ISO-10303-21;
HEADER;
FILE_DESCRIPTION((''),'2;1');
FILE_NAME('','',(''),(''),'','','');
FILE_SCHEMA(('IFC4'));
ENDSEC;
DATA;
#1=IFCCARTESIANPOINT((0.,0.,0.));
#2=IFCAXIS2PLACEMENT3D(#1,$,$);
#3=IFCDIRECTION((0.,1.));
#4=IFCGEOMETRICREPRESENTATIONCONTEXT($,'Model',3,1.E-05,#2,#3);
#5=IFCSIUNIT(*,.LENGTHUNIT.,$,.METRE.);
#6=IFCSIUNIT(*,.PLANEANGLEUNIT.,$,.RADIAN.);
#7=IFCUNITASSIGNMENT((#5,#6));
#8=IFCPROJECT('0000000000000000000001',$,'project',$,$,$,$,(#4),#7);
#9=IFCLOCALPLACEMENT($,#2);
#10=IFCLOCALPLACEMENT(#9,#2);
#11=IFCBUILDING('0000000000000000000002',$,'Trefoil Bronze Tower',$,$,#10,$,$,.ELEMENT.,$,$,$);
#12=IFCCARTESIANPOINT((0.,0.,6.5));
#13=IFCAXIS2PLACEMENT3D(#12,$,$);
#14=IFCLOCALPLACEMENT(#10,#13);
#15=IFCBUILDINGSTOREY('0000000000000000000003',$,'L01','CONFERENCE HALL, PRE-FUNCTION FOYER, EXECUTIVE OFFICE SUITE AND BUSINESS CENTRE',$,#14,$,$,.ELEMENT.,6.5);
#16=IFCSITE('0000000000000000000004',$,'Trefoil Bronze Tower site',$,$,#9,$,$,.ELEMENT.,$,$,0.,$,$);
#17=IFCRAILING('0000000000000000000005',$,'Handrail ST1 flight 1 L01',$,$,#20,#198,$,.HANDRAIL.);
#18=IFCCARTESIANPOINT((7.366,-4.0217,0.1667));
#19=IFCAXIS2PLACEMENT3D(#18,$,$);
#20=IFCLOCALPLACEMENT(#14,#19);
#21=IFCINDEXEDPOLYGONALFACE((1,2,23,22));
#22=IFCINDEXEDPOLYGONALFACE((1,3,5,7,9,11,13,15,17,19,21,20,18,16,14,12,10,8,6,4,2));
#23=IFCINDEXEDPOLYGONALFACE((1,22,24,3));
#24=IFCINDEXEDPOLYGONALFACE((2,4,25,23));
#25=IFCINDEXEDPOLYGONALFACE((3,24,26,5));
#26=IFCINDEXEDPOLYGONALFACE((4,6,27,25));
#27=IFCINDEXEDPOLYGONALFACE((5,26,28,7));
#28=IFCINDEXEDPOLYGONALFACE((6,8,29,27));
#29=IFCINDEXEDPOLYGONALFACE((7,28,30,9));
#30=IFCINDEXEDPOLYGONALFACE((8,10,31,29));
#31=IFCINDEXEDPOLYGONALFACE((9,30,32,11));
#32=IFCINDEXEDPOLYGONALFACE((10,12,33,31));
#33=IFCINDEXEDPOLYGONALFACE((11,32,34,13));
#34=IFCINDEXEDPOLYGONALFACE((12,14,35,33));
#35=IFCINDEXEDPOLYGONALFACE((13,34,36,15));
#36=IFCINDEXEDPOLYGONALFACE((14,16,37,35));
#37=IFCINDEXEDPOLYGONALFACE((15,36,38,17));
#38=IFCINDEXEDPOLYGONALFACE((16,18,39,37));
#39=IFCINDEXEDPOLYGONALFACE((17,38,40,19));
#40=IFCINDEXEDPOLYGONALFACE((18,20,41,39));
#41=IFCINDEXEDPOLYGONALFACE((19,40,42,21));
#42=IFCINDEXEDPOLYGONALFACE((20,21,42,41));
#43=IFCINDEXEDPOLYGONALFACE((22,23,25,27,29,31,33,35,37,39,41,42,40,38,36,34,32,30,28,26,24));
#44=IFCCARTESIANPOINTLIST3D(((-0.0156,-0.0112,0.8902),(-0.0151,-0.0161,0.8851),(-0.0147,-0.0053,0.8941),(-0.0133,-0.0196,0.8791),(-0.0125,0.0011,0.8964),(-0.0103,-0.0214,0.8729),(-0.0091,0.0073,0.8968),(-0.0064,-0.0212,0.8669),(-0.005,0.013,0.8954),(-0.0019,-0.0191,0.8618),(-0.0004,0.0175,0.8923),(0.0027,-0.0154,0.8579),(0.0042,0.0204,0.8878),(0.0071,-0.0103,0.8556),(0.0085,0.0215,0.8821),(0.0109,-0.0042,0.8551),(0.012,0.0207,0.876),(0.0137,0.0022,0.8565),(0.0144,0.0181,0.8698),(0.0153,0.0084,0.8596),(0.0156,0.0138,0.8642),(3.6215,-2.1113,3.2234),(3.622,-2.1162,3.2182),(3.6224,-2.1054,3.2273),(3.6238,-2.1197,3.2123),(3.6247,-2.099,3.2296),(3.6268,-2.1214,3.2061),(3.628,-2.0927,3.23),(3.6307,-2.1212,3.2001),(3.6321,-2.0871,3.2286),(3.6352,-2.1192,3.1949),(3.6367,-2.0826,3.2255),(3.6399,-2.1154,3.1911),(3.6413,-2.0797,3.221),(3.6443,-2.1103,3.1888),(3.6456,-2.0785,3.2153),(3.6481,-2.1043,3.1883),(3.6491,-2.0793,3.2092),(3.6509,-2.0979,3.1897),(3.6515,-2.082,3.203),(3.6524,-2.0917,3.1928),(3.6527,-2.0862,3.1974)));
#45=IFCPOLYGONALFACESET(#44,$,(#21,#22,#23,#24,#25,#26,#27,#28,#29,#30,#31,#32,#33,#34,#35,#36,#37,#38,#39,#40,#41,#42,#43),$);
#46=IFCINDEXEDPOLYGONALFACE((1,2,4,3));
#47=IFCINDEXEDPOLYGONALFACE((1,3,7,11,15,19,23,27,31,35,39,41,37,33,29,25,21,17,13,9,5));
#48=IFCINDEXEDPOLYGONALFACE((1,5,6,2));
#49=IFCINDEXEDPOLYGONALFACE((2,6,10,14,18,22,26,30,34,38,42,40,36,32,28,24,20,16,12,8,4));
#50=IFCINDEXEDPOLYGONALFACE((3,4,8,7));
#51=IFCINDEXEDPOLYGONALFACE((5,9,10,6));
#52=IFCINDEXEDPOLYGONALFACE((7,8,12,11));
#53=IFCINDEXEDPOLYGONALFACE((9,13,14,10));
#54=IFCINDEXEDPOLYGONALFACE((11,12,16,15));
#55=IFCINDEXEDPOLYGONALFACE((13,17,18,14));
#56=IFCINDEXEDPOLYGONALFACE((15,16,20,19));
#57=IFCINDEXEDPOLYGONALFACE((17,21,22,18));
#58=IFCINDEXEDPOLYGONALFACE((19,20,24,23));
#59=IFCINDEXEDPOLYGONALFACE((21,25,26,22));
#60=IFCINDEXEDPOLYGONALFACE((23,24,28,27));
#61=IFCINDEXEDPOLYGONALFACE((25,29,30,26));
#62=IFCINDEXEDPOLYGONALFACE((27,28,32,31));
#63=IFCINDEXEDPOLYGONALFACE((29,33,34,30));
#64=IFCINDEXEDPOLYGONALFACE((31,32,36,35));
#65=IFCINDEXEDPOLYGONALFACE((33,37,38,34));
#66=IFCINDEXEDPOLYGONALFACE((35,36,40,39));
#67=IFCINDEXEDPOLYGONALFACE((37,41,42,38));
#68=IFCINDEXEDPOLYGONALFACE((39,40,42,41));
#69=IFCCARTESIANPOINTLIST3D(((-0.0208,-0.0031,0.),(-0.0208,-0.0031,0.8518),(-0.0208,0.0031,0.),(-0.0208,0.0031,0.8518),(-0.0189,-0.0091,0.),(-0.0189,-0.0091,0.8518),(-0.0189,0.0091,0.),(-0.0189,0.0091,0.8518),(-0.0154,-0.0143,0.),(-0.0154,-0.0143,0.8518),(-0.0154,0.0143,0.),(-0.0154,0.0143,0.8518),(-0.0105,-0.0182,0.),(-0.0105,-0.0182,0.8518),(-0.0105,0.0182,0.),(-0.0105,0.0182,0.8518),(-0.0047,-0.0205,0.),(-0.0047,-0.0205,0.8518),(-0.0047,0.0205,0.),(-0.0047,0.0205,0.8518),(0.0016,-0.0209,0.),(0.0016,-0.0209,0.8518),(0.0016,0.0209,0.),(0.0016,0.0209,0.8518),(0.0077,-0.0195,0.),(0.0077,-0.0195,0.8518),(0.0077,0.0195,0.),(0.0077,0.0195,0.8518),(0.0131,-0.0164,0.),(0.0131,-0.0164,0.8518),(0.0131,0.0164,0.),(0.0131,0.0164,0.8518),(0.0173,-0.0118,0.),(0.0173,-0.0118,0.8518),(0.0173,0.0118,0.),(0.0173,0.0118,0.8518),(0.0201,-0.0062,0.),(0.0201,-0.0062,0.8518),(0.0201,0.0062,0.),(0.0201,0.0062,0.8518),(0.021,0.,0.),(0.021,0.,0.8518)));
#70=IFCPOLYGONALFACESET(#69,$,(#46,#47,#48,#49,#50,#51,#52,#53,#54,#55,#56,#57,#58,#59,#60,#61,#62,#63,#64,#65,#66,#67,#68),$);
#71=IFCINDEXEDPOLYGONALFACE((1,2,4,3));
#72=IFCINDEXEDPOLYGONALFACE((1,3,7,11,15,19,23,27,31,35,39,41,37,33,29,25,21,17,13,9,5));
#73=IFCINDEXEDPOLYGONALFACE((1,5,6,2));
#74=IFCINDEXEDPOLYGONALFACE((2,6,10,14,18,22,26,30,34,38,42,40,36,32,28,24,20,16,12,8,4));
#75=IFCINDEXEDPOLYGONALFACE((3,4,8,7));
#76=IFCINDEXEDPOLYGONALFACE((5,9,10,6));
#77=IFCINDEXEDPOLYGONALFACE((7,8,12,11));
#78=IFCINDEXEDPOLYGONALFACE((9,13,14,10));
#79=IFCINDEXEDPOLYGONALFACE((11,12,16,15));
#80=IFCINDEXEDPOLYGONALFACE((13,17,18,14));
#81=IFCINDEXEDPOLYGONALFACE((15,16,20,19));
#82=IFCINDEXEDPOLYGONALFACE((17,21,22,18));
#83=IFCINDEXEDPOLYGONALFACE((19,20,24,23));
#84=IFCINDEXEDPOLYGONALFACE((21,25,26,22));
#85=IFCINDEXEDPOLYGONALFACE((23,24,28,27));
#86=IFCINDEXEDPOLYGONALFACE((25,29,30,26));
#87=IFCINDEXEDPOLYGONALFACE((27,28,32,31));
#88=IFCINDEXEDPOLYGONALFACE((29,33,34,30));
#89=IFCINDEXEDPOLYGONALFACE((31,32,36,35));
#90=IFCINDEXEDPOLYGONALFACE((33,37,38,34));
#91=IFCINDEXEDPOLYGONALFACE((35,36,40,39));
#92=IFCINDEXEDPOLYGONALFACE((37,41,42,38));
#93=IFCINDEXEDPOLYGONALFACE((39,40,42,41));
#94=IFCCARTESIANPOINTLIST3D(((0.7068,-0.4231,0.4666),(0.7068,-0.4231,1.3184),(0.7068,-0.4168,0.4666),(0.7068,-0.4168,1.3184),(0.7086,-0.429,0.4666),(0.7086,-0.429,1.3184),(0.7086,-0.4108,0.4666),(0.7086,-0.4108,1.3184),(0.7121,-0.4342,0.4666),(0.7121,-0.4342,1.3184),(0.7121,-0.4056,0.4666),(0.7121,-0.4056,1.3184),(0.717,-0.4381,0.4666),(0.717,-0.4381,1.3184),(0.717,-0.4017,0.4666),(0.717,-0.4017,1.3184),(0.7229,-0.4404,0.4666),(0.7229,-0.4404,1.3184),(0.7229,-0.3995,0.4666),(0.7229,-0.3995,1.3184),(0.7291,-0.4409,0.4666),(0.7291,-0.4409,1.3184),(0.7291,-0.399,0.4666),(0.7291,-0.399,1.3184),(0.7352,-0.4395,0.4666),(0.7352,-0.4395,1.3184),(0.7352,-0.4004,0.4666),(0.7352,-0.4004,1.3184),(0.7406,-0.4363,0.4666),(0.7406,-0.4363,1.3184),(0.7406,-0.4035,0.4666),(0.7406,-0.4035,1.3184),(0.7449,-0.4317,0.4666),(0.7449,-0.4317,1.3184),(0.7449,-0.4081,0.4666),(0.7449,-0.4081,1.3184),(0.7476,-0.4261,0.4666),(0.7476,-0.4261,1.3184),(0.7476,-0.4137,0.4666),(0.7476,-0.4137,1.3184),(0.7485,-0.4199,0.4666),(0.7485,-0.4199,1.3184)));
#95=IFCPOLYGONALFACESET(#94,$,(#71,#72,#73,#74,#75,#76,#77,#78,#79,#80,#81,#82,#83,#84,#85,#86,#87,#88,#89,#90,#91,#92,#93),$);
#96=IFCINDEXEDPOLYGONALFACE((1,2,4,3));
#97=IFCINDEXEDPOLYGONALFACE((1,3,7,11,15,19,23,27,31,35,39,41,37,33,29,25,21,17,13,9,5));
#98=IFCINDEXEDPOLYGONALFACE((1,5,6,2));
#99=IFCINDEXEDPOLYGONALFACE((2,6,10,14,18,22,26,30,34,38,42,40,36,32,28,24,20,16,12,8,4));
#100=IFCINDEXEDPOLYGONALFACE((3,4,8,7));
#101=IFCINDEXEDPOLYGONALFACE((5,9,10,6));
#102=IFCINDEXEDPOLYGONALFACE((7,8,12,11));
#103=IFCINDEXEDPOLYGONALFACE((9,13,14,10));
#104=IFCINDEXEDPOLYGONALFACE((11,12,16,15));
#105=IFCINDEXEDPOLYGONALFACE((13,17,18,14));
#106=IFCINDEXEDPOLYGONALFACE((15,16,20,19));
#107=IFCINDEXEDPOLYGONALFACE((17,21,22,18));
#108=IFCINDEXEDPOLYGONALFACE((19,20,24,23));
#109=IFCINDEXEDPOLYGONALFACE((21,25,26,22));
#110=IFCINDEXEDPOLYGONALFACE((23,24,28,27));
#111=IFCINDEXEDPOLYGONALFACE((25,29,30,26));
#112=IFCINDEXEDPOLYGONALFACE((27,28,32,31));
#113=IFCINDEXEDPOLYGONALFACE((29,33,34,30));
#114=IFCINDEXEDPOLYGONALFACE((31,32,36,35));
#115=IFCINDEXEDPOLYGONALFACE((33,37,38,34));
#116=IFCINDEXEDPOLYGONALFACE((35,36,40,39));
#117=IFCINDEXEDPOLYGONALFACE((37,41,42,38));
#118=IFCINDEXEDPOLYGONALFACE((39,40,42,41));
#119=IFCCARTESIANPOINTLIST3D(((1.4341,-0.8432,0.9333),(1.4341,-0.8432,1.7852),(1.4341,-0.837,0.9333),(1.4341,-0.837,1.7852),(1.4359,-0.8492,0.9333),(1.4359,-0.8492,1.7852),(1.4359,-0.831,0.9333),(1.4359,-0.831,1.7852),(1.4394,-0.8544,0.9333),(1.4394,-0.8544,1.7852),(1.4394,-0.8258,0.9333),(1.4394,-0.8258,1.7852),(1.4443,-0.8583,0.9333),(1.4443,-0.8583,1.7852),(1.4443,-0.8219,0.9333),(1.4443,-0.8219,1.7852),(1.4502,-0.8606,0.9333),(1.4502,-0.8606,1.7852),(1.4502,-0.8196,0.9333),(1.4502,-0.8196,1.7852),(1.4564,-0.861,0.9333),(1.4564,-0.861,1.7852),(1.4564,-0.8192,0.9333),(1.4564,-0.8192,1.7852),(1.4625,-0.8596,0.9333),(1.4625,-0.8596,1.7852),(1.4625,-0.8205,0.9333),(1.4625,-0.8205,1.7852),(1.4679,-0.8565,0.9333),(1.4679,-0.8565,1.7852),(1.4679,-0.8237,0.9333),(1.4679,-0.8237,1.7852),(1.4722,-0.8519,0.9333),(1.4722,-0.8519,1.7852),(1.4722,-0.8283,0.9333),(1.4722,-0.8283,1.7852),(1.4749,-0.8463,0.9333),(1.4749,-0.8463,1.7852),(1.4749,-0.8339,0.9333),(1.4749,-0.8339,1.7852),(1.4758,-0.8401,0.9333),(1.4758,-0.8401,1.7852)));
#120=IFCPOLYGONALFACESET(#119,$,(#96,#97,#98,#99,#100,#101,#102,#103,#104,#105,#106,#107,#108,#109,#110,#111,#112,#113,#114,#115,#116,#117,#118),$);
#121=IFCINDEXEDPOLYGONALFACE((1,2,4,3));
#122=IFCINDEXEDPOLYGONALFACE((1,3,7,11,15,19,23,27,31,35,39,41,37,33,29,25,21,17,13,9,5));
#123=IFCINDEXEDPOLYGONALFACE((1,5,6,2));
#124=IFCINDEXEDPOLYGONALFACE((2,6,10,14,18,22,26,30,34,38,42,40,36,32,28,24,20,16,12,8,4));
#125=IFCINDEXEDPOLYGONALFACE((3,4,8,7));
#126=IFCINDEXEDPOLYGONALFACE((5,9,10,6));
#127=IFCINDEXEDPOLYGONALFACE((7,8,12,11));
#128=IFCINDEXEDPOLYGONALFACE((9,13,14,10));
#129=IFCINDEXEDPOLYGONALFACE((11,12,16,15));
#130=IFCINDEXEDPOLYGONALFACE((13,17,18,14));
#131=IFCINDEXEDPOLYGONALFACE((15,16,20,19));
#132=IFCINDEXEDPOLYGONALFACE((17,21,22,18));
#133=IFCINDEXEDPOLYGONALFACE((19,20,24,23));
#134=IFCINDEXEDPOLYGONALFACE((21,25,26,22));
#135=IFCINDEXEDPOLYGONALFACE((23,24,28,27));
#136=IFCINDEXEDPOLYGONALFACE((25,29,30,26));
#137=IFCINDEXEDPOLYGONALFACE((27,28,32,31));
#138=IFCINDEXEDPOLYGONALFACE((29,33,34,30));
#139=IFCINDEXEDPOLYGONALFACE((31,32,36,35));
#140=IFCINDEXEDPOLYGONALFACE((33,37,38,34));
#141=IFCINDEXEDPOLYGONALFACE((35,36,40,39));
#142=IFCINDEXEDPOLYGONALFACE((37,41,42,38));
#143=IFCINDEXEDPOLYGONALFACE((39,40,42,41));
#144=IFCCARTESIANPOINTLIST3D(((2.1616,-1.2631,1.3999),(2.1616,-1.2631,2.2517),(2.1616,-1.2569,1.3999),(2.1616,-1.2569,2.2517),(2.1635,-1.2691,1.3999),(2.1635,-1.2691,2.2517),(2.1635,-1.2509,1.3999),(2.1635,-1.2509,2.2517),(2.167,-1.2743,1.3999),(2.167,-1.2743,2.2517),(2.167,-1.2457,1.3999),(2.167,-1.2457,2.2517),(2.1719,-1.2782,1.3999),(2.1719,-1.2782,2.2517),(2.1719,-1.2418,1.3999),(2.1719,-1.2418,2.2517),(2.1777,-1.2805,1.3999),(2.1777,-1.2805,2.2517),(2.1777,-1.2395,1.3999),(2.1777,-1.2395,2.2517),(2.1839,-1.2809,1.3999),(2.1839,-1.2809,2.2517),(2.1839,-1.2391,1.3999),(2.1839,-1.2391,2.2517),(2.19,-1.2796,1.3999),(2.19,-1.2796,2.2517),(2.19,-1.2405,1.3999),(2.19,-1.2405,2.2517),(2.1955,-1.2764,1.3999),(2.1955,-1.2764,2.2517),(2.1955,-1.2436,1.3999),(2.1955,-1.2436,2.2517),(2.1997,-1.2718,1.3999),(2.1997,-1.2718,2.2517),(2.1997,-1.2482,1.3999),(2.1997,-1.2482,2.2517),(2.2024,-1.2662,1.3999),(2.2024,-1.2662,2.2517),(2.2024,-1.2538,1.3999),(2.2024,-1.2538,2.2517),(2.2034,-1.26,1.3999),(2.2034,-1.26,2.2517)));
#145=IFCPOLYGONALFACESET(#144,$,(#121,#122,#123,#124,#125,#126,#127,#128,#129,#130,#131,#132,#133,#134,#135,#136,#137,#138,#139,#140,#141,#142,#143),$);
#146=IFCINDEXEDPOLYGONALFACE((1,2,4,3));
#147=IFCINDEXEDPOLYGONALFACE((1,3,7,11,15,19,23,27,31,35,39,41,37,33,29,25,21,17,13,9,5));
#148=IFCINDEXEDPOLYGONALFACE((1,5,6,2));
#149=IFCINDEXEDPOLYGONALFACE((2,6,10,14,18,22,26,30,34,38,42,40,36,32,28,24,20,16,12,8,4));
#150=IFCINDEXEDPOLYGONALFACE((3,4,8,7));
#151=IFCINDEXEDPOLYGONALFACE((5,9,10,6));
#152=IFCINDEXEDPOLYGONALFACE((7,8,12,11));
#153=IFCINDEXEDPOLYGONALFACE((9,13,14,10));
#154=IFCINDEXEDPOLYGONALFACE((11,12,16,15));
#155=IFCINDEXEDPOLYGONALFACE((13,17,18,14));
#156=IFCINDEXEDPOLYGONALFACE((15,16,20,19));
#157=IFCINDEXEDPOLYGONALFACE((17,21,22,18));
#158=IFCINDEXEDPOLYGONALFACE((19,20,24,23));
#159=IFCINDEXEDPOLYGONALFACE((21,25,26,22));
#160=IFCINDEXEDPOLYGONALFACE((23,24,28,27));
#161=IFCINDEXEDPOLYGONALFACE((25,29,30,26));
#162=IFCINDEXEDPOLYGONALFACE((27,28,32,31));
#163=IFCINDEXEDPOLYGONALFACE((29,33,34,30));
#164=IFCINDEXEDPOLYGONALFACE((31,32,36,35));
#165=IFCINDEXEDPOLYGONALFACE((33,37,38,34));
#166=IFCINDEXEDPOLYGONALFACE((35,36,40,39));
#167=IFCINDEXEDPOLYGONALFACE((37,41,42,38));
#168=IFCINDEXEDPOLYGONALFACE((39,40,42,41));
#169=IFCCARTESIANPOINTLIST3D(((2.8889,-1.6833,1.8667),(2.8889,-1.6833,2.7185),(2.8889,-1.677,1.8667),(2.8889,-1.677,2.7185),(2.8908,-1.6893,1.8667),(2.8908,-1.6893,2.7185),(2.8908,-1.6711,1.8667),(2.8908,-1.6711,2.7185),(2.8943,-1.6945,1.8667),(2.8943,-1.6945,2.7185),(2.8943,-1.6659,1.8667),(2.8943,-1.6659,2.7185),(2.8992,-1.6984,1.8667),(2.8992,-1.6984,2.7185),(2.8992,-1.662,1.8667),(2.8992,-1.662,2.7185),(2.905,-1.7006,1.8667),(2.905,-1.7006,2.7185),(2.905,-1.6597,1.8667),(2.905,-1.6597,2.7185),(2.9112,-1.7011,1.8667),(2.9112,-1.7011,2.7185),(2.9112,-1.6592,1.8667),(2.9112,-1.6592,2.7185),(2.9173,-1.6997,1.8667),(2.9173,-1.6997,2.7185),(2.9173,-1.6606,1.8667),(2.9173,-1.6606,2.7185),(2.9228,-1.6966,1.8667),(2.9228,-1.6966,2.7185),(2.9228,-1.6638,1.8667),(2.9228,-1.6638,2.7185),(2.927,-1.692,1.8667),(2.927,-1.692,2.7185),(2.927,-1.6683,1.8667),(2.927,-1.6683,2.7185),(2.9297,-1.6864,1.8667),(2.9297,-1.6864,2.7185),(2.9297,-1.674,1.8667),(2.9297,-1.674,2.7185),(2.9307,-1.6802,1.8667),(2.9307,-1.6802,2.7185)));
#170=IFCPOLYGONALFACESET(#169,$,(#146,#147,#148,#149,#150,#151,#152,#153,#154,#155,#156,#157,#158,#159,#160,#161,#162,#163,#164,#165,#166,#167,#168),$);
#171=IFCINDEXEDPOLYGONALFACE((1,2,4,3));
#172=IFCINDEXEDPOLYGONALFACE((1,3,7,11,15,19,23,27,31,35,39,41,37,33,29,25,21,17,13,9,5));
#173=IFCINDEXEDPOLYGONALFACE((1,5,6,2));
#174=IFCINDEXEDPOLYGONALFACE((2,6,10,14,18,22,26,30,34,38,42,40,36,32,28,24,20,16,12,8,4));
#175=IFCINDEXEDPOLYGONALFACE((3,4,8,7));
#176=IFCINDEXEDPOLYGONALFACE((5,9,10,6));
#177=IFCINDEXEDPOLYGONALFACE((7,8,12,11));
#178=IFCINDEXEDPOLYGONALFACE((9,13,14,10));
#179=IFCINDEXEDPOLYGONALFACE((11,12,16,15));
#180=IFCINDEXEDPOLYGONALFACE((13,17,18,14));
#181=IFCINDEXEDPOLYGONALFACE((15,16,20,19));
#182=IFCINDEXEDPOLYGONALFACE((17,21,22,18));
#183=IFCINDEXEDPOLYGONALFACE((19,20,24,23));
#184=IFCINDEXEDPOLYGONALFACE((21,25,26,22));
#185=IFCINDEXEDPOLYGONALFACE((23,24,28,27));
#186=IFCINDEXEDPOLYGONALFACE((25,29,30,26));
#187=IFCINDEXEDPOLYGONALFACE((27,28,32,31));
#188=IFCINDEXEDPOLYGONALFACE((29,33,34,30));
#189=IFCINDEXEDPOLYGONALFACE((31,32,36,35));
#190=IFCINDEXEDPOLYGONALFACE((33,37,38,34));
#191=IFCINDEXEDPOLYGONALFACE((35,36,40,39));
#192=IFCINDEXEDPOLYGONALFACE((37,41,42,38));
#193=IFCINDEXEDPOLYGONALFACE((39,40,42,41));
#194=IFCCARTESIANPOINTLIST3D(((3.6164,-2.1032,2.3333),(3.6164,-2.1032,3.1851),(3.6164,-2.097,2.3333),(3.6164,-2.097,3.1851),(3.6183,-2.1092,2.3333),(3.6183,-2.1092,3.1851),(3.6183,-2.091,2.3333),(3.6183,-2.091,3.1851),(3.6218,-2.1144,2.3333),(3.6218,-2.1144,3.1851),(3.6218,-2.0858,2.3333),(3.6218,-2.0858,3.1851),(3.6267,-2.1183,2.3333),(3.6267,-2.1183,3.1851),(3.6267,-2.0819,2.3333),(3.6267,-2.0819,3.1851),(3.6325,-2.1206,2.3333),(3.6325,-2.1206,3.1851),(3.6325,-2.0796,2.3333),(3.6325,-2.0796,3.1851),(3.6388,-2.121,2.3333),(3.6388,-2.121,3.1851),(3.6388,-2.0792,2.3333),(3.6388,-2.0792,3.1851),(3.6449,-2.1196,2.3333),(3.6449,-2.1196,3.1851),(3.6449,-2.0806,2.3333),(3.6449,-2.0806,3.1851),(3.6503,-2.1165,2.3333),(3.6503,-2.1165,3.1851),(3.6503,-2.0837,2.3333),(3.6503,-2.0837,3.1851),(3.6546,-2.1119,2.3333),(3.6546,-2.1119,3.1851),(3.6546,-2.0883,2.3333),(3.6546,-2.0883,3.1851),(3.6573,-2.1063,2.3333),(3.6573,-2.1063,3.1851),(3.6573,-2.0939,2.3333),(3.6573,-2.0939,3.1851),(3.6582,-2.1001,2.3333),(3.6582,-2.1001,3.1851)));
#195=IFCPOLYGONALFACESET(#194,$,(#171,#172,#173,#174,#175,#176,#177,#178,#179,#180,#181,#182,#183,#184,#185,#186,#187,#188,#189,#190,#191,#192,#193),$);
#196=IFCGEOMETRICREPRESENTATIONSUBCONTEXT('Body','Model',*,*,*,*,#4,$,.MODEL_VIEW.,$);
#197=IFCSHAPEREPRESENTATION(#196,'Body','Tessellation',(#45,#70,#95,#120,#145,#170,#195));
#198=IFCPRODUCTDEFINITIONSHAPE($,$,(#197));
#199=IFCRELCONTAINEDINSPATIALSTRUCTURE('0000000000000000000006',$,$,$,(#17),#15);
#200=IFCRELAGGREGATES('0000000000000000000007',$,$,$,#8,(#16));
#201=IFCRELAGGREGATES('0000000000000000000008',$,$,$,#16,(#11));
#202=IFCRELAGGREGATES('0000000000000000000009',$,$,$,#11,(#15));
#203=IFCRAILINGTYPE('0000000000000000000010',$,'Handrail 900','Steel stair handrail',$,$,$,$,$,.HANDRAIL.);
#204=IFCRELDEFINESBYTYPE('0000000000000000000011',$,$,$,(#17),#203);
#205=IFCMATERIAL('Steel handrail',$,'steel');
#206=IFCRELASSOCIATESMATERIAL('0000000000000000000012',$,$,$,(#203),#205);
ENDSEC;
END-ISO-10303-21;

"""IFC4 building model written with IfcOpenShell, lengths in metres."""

from ifc_helpers import new_model, si_unit, direction, frame, origin, origin_2d, place, context, subcontext, project, spatial, circle, extrude, material, type_object, element, save


model = new_model("IFC4")

# Units and contexts
model_context = context("Model", 3, precision=1e-05, world=origin(), true_north=direction((0.0, 1.0)))
body_context = subcontext(model_context, "Body", "Model", "MODEL_VIEW")
ifc_project = project(units=[si_unit("LENGTHUNIT", "METRE"), si_unit("PLANEANGLEUNIT", "RADIAN")], contexts=[model_context])

# Site, building, storey
site_placement = place(None, origin())
site = spatial("IfcSite", under=ifc_project, at=site_placement, Name="Trefoil Bronze Tower site", CompositionType="ELEMENT", RefElevation=0.0)
building_placement = place(site_placement, origin())
building = spatial("IfcBuilding", under=site, at=building_placement, Name="Trefoil Bronze Tower", CompositionType="ELEMENT")
storey_placement = place(building_placement, frame((0.0, 0.0, 6.5)))
storey = spatial("IfcBuildingStorey", under=building, at=storey_placement, Name="L01", Description="CONFERENCE HALL, PRE-FUNCTION FOYER, EXECUTIVE OFFICE SUITE AND BUSINESS CENTRE", CompositionType="ELEMENT", Elevation=6.5)

# Railing
ifc_material_1 = material(Name="Steel handrail", Category="steel")
railing_type = type_object("IfcRailingType", Name="Handrail 900", Description="Steel stair handrail", PredefinedType="HANDRAIL", material=ifc_material_1)
railing_placement = place(storey_placement, frame((7.366, -4.0217, 0.1667)))
element("IfcRailing", 1, at=railing_placement, inside=storey, type_object=railing_type, Name="Handrail ST1 flight 1 L01", PredefinedType="HANDRAIL", context=body_context, shape_type="SweptSolid", body=[
    extrude(circle(Radius=0.0239, at=origin_2d()), frame((0.0, 0.0, 0.876), z_axis=(0.757033, -0.437106, 0.485633), x_axis=(0.500028, 0.866009, 0.0)), (0.0, 0.0, 1.0), 4.8044),
    extrude(circle(Radius=0.021, at=origin_2d()), origin(), (0.0, 0.0, 1.0), 0.8518),
    extrude(circle(Radius=0.021, at=origin_2d()), frame((0.7275, -0.4199, 0.4666)), (0.0, 0.0, 1.0), 0.8518),
    extrude(circle(Radius=0.021, at=origin_2d()), frame((1.4548, -0.8401, 0.9333)), (0.0, 0.0, 1.0), 0.8518),
    extrude(circle(Radius=0.021, at=origin_2d()), frame((2.1824, -1.26, 1.3999)), (0.0, 0.0, 1.0), 0.8518),
    extrude(circle(Radius=0.021, at=origin_2d()), frame((2.9097, -1.6802, 1.8667)), (0.0, 0.0, 1.0), 0.8518),
    extrude(circle(Radius=0.021, at=origin_2d()), frame((3.6372, -2.1001, 2.3333)), (0.0, 0.0, 1.0), 0.8518),
])

save(model, "model.ifc")
